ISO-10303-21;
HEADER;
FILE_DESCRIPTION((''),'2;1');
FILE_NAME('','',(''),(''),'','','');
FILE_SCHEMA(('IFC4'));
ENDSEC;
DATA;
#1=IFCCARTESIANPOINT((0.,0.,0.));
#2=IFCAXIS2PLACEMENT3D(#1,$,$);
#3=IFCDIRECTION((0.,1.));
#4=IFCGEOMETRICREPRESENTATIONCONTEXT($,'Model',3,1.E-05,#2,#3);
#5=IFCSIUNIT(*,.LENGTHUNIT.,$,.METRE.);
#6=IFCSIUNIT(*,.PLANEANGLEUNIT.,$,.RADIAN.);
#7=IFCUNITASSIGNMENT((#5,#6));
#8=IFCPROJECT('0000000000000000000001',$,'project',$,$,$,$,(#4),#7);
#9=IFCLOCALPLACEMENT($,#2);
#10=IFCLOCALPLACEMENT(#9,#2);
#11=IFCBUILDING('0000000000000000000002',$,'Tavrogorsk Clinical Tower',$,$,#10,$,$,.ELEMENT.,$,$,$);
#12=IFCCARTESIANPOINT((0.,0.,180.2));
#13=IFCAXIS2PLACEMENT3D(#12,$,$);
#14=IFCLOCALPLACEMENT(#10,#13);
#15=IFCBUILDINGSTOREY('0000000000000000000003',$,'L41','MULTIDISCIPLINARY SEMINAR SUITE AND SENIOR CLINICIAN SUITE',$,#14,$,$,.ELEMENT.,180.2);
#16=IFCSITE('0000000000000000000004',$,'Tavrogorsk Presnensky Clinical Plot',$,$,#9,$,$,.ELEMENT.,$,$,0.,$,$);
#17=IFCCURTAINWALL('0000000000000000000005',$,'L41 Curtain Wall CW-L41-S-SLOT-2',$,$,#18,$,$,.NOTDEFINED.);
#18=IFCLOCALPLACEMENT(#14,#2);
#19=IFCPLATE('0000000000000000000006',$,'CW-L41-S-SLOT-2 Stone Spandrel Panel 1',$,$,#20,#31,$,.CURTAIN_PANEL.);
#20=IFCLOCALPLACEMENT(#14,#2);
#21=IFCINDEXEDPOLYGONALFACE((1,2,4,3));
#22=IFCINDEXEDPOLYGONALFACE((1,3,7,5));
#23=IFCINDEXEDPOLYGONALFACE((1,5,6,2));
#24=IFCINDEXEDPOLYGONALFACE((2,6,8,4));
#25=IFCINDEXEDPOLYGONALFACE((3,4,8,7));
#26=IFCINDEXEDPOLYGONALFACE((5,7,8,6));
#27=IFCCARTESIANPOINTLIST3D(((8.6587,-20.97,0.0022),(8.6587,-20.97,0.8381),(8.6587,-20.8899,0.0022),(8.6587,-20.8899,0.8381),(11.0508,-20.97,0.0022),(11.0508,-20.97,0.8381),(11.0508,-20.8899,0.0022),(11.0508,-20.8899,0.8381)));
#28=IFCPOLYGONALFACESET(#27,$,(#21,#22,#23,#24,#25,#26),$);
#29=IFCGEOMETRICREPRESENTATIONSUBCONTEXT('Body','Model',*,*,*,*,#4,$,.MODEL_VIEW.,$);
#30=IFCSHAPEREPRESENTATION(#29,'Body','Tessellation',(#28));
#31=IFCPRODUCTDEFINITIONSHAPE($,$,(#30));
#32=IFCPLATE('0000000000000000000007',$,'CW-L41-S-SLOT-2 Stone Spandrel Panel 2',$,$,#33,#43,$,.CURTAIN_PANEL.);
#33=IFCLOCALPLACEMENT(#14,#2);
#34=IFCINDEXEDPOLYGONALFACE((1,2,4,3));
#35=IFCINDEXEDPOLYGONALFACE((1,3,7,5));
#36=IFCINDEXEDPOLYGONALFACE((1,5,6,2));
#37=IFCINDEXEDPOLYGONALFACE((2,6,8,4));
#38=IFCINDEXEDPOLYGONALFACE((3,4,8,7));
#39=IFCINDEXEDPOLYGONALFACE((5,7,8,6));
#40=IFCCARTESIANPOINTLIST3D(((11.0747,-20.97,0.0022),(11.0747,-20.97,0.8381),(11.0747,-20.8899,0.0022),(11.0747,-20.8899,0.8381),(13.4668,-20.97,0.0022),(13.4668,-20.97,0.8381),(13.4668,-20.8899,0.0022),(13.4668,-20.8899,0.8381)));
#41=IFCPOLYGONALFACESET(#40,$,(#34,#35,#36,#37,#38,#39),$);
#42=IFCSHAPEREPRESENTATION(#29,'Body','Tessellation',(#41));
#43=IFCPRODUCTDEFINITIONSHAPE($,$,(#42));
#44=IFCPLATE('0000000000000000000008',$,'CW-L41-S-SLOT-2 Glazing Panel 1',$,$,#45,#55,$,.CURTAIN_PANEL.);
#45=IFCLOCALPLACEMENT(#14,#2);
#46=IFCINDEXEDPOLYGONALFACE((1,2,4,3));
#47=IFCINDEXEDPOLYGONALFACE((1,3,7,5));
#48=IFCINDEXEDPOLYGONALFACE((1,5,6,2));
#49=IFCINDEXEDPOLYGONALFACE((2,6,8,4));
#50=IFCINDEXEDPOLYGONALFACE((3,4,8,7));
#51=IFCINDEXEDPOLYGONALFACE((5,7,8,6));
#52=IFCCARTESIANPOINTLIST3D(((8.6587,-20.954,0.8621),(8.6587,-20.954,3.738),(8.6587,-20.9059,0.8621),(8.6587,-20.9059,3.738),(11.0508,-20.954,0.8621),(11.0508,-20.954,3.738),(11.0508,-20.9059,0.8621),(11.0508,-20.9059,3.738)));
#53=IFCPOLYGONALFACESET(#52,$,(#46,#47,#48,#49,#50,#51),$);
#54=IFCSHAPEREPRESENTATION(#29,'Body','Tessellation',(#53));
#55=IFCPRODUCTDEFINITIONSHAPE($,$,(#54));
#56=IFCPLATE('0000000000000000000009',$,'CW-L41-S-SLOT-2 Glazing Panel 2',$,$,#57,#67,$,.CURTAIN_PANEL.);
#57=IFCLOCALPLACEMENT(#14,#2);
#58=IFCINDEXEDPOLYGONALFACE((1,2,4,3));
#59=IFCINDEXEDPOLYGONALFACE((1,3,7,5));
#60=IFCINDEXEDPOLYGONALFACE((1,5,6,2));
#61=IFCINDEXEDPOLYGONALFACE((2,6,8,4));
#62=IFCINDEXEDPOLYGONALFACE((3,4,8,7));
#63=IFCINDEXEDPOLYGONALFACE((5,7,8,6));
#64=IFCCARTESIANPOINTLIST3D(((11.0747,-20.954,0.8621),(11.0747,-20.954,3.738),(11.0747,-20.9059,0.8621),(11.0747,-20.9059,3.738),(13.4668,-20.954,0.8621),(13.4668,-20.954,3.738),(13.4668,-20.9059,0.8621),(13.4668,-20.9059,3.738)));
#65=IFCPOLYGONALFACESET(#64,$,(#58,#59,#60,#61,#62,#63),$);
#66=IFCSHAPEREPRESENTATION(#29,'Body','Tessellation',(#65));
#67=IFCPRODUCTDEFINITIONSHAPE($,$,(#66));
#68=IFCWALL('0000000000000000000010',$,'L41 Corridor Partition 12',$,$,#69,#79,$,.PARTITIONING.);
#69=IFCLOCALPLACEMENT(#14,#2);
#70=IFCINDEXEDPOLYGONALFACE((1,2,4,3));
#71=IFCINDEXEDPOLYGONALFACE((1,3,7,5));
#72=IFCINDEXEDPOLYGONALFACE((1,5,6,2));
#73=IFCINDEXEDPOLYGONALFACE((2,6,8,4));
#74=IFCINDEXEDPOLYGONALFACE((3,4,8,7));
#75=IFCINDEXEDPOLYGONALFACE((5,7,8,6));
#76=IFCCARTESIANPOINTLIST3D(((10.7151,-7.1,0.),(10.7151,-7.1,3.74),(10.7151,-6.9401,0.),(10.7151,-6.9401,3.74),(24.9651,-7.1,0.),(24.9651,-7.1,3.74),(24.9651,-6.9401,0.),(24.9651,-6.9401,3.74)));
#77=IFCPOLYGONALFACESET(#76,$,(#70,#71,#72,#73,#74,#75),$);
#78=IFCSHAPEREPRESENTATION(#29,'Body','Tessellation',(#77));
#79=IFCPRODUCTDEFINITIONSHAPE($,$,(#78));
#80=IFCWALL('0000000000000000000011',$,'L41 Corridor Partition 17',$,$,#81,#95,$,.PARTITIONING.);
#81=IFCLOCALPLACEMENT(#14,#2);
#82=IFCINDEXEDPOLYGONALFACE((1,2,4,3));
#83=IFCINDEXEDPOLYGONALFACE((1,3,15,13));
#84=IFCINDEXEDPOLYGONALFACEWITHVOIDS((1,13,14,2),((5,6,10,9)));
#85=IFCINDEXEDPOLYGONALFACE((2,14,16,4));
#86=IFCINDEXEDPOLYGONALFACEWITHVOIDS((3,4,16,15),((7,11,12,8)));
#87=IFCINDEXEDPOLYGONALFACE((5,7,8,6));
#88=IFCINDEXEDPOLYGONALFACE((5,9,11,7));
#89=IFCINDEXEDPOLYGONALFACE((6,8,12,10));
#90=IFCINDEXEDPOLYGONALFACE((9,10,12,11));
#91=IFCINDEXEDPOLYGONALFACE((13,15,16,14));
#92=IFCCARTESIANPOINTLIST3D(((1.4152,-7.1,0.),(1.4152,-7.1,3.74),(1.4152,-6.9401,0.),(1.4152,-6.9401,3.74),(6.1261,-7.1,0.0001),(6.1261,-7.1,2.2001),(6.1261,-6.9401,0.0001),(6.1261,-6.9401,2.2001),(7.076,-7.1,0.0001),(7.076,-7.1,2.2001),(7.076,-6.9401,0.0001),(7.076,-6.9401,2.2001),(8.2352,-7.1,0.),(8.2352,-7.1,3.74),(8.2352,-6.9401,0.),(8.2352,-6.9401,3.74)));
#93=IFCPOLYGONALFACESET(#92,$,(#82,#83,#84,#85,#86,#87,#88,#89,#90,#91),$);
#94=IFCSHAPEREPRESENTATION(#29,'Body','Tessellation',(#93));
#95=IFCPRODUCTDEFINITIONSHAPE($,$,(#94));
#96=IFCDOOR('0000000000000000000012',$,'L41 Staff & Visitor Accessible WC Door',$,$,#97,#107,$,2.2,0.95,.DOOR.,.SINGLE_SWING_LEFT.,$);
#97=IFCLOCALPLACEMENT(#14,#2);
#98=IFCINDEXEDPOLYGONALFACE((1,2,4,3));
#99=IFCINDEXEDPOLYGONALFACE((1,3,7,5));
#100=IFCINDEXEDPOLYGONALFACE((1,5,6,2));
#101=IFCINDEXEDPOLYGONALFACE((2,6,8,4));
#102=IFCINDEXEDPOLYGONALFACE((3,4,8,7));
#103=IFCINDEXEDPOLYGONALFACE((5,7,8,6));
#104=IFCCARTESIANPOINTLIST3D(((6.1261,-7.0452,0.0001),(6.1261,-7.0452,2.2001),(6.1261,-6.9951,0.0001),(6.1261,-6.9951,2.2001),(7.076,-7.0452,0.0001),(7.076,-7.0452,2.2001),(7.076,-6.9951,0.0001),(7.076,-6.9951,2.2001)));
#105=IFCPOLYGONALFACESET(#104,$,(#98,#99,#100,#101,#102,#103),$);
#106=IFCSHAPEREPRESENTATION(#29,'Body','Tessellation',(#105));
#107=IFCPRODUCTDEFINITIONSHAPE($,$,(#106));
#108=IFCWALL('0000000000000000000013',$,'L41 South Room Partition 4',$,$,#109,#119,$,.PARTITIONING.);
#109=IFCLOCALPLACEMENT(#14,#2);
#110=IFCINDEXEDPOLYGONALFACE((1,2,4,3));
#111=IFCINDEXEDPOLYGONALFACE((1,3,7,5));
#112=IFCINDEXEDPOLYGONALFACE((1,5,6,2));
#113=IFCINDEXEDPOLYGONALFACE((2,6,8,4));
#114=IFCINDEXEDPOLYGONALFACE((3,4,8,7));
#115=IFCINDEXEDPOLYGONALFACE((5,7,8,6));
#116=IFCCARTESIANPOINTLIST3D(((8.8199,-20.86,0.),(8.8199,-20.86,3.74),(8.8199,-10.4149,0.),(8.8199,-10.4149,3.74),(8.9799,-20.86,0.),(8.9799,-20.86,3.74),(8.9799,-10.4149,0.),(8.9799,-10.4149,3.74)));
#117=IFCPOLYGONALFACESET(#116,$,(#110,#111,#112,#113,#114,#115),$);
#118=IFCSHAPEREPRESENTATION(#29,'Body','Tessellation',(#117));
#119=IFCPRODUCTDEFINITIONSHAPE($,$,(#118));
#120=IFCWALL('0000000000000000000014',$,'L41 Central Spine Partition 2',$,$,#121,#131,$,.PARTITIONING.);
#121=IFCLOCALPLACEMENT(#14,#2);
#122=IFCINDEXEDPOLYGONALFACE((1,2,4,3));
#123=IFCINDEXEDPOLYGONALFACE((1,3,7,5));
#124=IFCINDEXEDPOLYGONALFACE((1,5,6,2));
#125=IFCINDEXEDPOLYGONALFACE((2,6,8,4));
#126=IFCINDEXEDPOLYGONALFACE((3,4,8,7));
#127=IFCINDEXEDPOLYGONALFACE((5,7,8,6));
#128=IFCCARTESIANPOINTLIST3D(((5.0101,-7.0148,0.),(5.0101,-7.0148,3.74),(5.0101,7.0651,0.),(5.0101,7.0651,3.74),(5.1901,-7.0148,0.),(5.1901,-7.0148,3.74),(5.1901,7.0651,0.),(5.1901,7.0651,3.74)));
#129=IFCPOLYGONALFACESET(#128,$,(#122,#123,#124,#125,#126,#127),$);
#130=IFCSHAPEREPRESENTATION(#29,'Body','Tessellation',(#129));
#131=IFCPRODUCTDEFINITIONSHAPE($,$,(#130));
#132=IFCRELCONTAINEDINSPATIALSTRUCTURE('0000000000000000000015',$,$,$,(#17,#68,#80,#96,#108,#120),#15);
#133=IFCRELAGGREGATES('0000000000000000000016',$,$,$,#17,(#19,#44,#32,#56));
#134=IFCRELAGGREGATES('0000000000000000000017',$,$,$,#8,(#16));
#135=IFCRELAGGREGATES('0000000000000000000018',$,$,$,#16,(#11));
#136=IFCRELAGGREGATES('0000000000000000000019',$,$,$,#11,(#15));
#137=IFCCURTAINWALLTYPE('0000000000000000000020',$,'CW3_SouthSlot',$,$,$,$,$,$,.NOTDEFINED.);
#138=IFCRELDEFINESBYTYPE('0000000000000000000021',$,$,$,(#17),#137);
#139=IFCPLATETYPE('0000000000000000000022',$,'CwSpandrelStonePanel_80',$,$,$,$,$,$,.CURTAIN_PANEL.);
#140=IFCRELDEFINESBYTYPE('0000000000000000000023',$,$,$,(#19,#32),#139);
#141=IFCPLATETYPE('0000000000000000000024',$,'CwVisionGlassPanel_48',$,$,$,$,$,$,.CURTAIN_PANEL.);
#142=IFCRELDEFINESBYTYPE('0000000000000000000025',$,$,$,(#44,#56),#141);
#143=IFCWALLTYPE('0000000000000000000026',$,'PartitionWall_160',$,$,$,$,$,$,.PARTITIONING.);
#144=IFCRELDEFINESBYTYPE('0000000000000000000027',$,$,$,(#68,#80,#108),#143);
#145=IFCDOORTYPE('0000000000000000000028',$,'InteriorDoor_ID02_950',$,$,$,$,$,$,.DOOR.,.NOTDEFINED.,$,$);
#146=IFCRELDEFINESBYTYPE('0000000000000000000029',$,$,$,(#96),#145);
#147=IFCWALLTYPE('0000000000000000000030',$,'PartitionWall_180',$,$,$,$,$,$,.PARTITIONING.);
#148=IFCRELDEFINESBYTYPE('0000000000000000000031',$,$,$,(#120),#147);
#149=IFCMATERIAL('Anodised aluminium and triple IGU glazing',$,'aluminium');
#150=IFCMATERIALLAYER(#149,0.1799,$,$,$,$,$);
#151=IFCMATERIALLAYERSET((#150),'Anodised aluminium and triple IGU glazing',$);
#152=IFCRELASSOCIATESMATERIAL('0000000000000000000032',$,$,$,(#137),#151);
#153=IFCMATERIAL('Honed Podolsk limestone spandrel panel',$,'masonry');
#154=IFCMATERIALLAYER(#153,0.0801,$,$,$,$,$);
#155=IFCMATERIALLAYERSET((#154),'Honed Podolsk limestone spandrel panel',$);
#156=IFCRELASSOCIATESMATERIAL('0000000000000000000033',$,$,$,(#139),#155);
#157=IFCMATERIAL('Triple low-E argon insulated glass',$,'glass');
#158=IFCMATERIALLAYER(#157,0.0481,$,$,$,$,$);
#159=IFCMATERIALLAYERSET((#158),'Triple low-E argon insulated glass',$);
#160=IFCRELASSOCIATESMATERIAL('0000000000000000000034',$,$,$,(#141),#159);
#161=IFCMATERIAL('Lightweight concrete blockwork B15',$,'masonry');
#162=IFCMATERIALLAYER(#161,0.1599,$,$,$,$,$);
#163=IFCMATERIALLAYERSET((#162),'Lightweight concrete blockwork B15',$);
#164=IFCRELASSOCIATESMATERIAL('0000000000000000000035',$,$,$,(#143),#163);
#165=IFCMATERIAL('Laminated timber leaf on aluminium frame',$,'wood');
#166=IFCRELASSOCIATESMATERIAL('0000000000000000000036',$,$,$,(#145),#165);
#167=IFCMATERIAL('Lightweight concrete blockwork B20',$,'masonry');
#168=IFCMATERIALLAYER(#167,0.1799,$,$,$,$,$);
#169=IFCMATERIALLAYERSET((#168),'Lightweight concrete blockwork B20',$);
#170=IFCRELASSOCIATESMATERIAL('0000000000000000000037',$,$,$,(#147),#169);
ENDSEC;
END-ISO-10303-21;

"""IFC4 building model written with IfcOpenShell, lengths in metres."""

from ifc_helpers import new_model, si_unit, direction, frame, frame_2d, origin, origin_2d, place, context, subcontext, project, spatial, rectangle, extrude, material, layer, layer_set, type_object, element, fill, aggregate, save


model = new_model("IFC4")

# Units and contexts
model_context = context("Model", 3, precision=1e-05, world=origin(), true_north=direction((0.0, 1.0)))
body_context = subcontext(model_context, "Body", "Model", "MODEL_VIEW")
ifc_project = project(units=[si_unit("LENGTHUNIT", "METRE"), si_unit("PLANEANGLEUNIT", "RADIAN")], contexts=[model_context])

# Site, building, storey
site_placement = place(None, origin())
site = spatial("IfcSite", under=ifc_project, at=site_placement, Name="Tavrogorsk Presnensky Clinical Plot", CompositionType="ELEMENT", RefElevation=0.0)
building_placement = place(site_placement, origin())
building = spatial("IfcBuilding", under=site, at=building_placement, Name="Tavrogorsk Clinical Tower", CompositionType="ELEMENT")
storey_placement = place(building_placement, frame((0.0, 0.0, 180.2)))
storey = spatial("IfcBuildingStorey", under=building, at=storey_placement, Name="L41", Description="MULTIDISCIPLINARY SEMINAR SUITE AND SENIOR CLINICIAN SUITE", CompositionType="ELEMENT", Elevation=180.2)

# Curtain wall
ifc_material_1 = material(Name="Anodised aluminium and triple IGU glazing", Category="aluminium")
ifc_layer_1 = layer(ifc_material_1, 0.1799)
ifc_layer_set_1 = layer_set([ifc_layer_1], Name="Anodised aluminium and triple IGU glazing")
curtain_wall_type = type_object("IfcCurtainWallType", Name="CW3_SouthSlot", PredefinedType="NOTDEFINED", material=ifc_layer_set_1)
curtain_wall_placement = place(storey_placement, origin())
curtain_wall = element("IfcCurtainWall", 1, at=curtain_wall_placement, inside=storey, type_object=curtain_wall_type, Name="L41 Curtain Wall CW-L41-S-SLOT-2", PredefinedType="NOTDEFINED")

# Plates
ifc_material_2 = material(Name="Honed Podolsk limestone spandrel panel", Category="masonry")
ifc_layer_2 = layer(ifc_material_2, 0.0801)
ifc_layer_set_2 = layer_set([ifc_layer_2], Name="Honed Podolsk limestone spandrel panel")
plate_type_1 = type_object("IfcPlateType", Name="CwSpandrelStonePanel_80", PredefinedType="CURTAIN_PANEL", material=ifc_layer_set_2)
plate_1_placement = place(storey_placement, frame((9.8547, -20.9299, 0.0022), z_axis=(0.0, 0.0, 1.0), x_axis=(1.0, 0.0, 0.0)))
plate_1 = element("IfcPlate", 2, at=plate_1_placement, type_object=plate_type_1, Name="CW-L41-S-SLOT-2 Stone Spandrel Panel 1", PredefinedType="CURTAIN_PANEL", context=body_context, shape_type="SweptSolid", body=[
    extrude(rectangle(XDim=2.3921, YDim=0.0801, at=origin_2d()), origin(), (0.0, 0.0, 1.0), 0.8359),
])
plate_2_placement = place(storey_placement, frame((12.2708, -20.9299, 0.0022), z_axis=(0.0, 0.0, 1.0), x_axis=(1.0, 0.0, 0.0)))
plate_2 = element("IfcPlate", 3, at=plate_2_placement, type_object=plate_type_1, Name="CW-L41-S-SLOT-2 Stone Spandrel Panel 2", PredefinedType="CURTAIN_PANEL", context=body_context, shape_type="SweptSolid", body=[
    extrude(rectangle(XDim=2.3921, YDim=0.0801, at=origin_2d()), origin(), (0.0, 0.0, 1.0), 0.8359),
])
ifc_material_3 = material(Name="Triple low-E argon insulated glass", Category="glass")
ifc_layer_3 = layer(ifc_material_3, 0.0481)
ifc_layer_set_3 = layer_set([ifc_layer_3], Name="Triple low-E argon insulated glass")
plate_type_2 = type_object("IfcPlateType", Name="CwVisionGlassPanel_48", PredefinedType="CURTAIN_PANEL", material=ifc_layer_set_3)
plate_3_placement = place(storey_placement, frame((9.8547, -20.9299, 0.8621), z_axis=(0.0, 0.0, 1.0), x_axis=(1.0, 0.0, 0.0)))
plate_3 = element("IfcPlate", 4, at=plate_3_placement, type_object=plate_type_2, Name="CW-L41-S-SLOT-2 Glazing Panel 1", PredefinedType="CURTAIN_PANEL", context=body_context, shape_type="SweptSolid", body=[
    extrude(rectangle(XDim=2.3921, YDim=0.0481, at=origin_2d()), origin(), (0.0, 0.0, 1.0), 2.876),
])
plate_4_placement = place(storey_placement, frame((12.2708, -20.9299, 0.8621), z_axis=(0.0, 0.0, 1.0), x_axis=(1.0, 0.0, 0.0)))
plate_4 = element("IfcPlate", 5, at=plate_4_placement, type_object=plate_type_2, Name="CW-L41-S-SLOT-2 Glazing Panel 2", PredefinedType="CURTAIN_PANEL", context=body_context, shape_type="SweptSolid", body=[
    extrude(rectangle(XDim=2.3921, YDim=0.0481, at=origin_2d()), origin(), (0.0, 0.0, 1.0), 2.876),
])
aggregate(curtain_wall, [plate_1, plate_3, plate_2, plate_4])

# Wall
ifc_material_4 = material(Name="Lightweight concrete blockwork B15", Category="masonry")
ifc_layer_4 = layer(ifc_material_4, 0.1599)
ifc_layer_set_4 = layer_set([ifc_layer_4], Name="Lightweight concrete blockwork B15")
wall_type_1 = type_object("IfcWallType", Name="PartitionWall_160", PredefinedType="PARTITIONING", material=ifc_layer_set_4)
wall_1_placement = place(storey_placement, frame((10.7151, -7.02, 0.0), z_axis=(0.0, 0.0, 1.0), x_axis=(1.0, 0.0, 0.0)))
element("IfcWall", 6, at=wall_1_placement, inside=storey, type_object=wall_type_1, Name="L41 Corridor Partition 12", PredefinedType="PARTITIONING", context=body_context, shape_type="SweptSolid", body=[
    extrude(rectangle(XDim=14.25, YDim=0.1599, at=frame_2d((7.125, 0.0))), origin(), (0.0, 0.0, 1.0), 3.74),
])

# Wall, opening, door
wall_2_placement = place(storey_placement, frame((1.415, -7.02, 0.0), z_axis=(0.0, 0.0, 1.0), x_axis=(1.0, 0.0, 0.0)))
wall_2 = element("IfcWall", 7, at=wall_2_placement, inside=storey, type_object=wall_type_1, Name="L41 Corridor Partition 17", PredefinedType="PARTITIONING", context=body_context, shape_type="SweptSolid", body=[
    extrude(rectangle(XDim=6.8201, YDim=0.1599, at=frame_2d((3.4102, 0.0))), origin(), (0.0, 0.0, 1.0), 3.74),
])
opening_1_placement = place(wall_2_placement, frame((4.7109, 0.0, 0.0)))
opening_1 = element("IfcOpeningElement", 8, at=opening_1_placement, cuts=wall_2, PredefinedType="OPENING", context=body_context, shape_type="SweptSolid", body=[
    extrude(rectangle(XDim=0.95, YDim=2.2, at=frame_2d((0.4751, 1.1001))), frame((0.0, 0.0898, 0.0), z_axis=(0.0, -1.0, 0.0), x_axis=(1.0, 0.0, 0.0)), (0.0, 0.0, 1.0), 0.1799),
])
ifc_material_5 = material(Name="Laminated timber leaf on aluminium frame", Category="wood")
door_type = type_object("IfcDoorType", Name="InteriorDoor_ID02_950", OperationType="NOTDEFINED", PredefinedType="DOOR", material=ifc_material_5)
door_placement = place(opening_1_placement, origin())
door = element("IfcDoor", 9, at=door_placement, inside=storey, type_object=door_type, Name="L41 Staff & Visitor Accessible WC Door", OperationType="SINGLE_SWING_LEFT", OverallHeight=2.2, OverallWidth=0.95, PredefinedType="DOOR", context=body_context, shape_type="SweptSolid", body=[
    extrude(rectangle(XDim=0.95, YDim=2.2, at=frame_2d((0.4751, 1.1001))), frame((0.0, 0.0249, 0.0), z_axis=(0.0, -1.0, 0.0), x_axis=(1.0, 0.0, 0.0)), (0.0, 0.0, 1.0), 0.05),
])
fill(opening_1, door)

# Walls
wall_3_placement = place(storey_placement, frame((8.8999, -20.8601, 0.0), z_axis=(0.0, 0.0, 1.0), x_axis=(0.0, 1.0, 0.0)))
element("IfcWall", 10, at=wall_3_placement, inside=storey, type_object=wall_type_1, Name="L41 South Room Partition 4", PredefinedType="PARTITIONING", context=body_context, shape_type="SweptSolid", body=[
    extrude(rectangle(XDim=10.4451, YDim=0.1599, at=frame_2d((5.2227, 0.0))), origin(), (0.0, 0.0, 1.0), 3.74),
])
ifc_material_6 = material(Name="Lightweight concrete blockwork B20", Category="masonry")
ifc_layer_5 = layer(ifc_material_6, 0.1799)
ifc_layer_set_5 = layer_set([ifc_layer_5], Name="Lightweight concrete blockwork B20")
wall_type_2 = type_object("IfcWallType", Name="PartitionWall_180", PredefinedType="PARTITIONING", material=ifc_layer_set_5)
wall_4_placement = place(storey_placement, frame((5.1001, -7.0149, 0.0), z_axis=(0.0, 0.0, 1.0), x_axis=(0.0, 1.0, 0.0)))
element("IfcWall", 11, at=wall_4_placement, inside=storey, type_object=wall_type_2, Name="L41 Central Spine Partition 2", PredefinedType="PARTITIONING", context=body_context, shape_type="SweptSolid", body=[
    extrude(rectangle(XDim=14.0798, YDim=0.1799, at=frame_2d((7.04, 0.0))), origin(), (0.0, 0.0, 1.0), 3.74),
])

save(model, "model.ifc")
